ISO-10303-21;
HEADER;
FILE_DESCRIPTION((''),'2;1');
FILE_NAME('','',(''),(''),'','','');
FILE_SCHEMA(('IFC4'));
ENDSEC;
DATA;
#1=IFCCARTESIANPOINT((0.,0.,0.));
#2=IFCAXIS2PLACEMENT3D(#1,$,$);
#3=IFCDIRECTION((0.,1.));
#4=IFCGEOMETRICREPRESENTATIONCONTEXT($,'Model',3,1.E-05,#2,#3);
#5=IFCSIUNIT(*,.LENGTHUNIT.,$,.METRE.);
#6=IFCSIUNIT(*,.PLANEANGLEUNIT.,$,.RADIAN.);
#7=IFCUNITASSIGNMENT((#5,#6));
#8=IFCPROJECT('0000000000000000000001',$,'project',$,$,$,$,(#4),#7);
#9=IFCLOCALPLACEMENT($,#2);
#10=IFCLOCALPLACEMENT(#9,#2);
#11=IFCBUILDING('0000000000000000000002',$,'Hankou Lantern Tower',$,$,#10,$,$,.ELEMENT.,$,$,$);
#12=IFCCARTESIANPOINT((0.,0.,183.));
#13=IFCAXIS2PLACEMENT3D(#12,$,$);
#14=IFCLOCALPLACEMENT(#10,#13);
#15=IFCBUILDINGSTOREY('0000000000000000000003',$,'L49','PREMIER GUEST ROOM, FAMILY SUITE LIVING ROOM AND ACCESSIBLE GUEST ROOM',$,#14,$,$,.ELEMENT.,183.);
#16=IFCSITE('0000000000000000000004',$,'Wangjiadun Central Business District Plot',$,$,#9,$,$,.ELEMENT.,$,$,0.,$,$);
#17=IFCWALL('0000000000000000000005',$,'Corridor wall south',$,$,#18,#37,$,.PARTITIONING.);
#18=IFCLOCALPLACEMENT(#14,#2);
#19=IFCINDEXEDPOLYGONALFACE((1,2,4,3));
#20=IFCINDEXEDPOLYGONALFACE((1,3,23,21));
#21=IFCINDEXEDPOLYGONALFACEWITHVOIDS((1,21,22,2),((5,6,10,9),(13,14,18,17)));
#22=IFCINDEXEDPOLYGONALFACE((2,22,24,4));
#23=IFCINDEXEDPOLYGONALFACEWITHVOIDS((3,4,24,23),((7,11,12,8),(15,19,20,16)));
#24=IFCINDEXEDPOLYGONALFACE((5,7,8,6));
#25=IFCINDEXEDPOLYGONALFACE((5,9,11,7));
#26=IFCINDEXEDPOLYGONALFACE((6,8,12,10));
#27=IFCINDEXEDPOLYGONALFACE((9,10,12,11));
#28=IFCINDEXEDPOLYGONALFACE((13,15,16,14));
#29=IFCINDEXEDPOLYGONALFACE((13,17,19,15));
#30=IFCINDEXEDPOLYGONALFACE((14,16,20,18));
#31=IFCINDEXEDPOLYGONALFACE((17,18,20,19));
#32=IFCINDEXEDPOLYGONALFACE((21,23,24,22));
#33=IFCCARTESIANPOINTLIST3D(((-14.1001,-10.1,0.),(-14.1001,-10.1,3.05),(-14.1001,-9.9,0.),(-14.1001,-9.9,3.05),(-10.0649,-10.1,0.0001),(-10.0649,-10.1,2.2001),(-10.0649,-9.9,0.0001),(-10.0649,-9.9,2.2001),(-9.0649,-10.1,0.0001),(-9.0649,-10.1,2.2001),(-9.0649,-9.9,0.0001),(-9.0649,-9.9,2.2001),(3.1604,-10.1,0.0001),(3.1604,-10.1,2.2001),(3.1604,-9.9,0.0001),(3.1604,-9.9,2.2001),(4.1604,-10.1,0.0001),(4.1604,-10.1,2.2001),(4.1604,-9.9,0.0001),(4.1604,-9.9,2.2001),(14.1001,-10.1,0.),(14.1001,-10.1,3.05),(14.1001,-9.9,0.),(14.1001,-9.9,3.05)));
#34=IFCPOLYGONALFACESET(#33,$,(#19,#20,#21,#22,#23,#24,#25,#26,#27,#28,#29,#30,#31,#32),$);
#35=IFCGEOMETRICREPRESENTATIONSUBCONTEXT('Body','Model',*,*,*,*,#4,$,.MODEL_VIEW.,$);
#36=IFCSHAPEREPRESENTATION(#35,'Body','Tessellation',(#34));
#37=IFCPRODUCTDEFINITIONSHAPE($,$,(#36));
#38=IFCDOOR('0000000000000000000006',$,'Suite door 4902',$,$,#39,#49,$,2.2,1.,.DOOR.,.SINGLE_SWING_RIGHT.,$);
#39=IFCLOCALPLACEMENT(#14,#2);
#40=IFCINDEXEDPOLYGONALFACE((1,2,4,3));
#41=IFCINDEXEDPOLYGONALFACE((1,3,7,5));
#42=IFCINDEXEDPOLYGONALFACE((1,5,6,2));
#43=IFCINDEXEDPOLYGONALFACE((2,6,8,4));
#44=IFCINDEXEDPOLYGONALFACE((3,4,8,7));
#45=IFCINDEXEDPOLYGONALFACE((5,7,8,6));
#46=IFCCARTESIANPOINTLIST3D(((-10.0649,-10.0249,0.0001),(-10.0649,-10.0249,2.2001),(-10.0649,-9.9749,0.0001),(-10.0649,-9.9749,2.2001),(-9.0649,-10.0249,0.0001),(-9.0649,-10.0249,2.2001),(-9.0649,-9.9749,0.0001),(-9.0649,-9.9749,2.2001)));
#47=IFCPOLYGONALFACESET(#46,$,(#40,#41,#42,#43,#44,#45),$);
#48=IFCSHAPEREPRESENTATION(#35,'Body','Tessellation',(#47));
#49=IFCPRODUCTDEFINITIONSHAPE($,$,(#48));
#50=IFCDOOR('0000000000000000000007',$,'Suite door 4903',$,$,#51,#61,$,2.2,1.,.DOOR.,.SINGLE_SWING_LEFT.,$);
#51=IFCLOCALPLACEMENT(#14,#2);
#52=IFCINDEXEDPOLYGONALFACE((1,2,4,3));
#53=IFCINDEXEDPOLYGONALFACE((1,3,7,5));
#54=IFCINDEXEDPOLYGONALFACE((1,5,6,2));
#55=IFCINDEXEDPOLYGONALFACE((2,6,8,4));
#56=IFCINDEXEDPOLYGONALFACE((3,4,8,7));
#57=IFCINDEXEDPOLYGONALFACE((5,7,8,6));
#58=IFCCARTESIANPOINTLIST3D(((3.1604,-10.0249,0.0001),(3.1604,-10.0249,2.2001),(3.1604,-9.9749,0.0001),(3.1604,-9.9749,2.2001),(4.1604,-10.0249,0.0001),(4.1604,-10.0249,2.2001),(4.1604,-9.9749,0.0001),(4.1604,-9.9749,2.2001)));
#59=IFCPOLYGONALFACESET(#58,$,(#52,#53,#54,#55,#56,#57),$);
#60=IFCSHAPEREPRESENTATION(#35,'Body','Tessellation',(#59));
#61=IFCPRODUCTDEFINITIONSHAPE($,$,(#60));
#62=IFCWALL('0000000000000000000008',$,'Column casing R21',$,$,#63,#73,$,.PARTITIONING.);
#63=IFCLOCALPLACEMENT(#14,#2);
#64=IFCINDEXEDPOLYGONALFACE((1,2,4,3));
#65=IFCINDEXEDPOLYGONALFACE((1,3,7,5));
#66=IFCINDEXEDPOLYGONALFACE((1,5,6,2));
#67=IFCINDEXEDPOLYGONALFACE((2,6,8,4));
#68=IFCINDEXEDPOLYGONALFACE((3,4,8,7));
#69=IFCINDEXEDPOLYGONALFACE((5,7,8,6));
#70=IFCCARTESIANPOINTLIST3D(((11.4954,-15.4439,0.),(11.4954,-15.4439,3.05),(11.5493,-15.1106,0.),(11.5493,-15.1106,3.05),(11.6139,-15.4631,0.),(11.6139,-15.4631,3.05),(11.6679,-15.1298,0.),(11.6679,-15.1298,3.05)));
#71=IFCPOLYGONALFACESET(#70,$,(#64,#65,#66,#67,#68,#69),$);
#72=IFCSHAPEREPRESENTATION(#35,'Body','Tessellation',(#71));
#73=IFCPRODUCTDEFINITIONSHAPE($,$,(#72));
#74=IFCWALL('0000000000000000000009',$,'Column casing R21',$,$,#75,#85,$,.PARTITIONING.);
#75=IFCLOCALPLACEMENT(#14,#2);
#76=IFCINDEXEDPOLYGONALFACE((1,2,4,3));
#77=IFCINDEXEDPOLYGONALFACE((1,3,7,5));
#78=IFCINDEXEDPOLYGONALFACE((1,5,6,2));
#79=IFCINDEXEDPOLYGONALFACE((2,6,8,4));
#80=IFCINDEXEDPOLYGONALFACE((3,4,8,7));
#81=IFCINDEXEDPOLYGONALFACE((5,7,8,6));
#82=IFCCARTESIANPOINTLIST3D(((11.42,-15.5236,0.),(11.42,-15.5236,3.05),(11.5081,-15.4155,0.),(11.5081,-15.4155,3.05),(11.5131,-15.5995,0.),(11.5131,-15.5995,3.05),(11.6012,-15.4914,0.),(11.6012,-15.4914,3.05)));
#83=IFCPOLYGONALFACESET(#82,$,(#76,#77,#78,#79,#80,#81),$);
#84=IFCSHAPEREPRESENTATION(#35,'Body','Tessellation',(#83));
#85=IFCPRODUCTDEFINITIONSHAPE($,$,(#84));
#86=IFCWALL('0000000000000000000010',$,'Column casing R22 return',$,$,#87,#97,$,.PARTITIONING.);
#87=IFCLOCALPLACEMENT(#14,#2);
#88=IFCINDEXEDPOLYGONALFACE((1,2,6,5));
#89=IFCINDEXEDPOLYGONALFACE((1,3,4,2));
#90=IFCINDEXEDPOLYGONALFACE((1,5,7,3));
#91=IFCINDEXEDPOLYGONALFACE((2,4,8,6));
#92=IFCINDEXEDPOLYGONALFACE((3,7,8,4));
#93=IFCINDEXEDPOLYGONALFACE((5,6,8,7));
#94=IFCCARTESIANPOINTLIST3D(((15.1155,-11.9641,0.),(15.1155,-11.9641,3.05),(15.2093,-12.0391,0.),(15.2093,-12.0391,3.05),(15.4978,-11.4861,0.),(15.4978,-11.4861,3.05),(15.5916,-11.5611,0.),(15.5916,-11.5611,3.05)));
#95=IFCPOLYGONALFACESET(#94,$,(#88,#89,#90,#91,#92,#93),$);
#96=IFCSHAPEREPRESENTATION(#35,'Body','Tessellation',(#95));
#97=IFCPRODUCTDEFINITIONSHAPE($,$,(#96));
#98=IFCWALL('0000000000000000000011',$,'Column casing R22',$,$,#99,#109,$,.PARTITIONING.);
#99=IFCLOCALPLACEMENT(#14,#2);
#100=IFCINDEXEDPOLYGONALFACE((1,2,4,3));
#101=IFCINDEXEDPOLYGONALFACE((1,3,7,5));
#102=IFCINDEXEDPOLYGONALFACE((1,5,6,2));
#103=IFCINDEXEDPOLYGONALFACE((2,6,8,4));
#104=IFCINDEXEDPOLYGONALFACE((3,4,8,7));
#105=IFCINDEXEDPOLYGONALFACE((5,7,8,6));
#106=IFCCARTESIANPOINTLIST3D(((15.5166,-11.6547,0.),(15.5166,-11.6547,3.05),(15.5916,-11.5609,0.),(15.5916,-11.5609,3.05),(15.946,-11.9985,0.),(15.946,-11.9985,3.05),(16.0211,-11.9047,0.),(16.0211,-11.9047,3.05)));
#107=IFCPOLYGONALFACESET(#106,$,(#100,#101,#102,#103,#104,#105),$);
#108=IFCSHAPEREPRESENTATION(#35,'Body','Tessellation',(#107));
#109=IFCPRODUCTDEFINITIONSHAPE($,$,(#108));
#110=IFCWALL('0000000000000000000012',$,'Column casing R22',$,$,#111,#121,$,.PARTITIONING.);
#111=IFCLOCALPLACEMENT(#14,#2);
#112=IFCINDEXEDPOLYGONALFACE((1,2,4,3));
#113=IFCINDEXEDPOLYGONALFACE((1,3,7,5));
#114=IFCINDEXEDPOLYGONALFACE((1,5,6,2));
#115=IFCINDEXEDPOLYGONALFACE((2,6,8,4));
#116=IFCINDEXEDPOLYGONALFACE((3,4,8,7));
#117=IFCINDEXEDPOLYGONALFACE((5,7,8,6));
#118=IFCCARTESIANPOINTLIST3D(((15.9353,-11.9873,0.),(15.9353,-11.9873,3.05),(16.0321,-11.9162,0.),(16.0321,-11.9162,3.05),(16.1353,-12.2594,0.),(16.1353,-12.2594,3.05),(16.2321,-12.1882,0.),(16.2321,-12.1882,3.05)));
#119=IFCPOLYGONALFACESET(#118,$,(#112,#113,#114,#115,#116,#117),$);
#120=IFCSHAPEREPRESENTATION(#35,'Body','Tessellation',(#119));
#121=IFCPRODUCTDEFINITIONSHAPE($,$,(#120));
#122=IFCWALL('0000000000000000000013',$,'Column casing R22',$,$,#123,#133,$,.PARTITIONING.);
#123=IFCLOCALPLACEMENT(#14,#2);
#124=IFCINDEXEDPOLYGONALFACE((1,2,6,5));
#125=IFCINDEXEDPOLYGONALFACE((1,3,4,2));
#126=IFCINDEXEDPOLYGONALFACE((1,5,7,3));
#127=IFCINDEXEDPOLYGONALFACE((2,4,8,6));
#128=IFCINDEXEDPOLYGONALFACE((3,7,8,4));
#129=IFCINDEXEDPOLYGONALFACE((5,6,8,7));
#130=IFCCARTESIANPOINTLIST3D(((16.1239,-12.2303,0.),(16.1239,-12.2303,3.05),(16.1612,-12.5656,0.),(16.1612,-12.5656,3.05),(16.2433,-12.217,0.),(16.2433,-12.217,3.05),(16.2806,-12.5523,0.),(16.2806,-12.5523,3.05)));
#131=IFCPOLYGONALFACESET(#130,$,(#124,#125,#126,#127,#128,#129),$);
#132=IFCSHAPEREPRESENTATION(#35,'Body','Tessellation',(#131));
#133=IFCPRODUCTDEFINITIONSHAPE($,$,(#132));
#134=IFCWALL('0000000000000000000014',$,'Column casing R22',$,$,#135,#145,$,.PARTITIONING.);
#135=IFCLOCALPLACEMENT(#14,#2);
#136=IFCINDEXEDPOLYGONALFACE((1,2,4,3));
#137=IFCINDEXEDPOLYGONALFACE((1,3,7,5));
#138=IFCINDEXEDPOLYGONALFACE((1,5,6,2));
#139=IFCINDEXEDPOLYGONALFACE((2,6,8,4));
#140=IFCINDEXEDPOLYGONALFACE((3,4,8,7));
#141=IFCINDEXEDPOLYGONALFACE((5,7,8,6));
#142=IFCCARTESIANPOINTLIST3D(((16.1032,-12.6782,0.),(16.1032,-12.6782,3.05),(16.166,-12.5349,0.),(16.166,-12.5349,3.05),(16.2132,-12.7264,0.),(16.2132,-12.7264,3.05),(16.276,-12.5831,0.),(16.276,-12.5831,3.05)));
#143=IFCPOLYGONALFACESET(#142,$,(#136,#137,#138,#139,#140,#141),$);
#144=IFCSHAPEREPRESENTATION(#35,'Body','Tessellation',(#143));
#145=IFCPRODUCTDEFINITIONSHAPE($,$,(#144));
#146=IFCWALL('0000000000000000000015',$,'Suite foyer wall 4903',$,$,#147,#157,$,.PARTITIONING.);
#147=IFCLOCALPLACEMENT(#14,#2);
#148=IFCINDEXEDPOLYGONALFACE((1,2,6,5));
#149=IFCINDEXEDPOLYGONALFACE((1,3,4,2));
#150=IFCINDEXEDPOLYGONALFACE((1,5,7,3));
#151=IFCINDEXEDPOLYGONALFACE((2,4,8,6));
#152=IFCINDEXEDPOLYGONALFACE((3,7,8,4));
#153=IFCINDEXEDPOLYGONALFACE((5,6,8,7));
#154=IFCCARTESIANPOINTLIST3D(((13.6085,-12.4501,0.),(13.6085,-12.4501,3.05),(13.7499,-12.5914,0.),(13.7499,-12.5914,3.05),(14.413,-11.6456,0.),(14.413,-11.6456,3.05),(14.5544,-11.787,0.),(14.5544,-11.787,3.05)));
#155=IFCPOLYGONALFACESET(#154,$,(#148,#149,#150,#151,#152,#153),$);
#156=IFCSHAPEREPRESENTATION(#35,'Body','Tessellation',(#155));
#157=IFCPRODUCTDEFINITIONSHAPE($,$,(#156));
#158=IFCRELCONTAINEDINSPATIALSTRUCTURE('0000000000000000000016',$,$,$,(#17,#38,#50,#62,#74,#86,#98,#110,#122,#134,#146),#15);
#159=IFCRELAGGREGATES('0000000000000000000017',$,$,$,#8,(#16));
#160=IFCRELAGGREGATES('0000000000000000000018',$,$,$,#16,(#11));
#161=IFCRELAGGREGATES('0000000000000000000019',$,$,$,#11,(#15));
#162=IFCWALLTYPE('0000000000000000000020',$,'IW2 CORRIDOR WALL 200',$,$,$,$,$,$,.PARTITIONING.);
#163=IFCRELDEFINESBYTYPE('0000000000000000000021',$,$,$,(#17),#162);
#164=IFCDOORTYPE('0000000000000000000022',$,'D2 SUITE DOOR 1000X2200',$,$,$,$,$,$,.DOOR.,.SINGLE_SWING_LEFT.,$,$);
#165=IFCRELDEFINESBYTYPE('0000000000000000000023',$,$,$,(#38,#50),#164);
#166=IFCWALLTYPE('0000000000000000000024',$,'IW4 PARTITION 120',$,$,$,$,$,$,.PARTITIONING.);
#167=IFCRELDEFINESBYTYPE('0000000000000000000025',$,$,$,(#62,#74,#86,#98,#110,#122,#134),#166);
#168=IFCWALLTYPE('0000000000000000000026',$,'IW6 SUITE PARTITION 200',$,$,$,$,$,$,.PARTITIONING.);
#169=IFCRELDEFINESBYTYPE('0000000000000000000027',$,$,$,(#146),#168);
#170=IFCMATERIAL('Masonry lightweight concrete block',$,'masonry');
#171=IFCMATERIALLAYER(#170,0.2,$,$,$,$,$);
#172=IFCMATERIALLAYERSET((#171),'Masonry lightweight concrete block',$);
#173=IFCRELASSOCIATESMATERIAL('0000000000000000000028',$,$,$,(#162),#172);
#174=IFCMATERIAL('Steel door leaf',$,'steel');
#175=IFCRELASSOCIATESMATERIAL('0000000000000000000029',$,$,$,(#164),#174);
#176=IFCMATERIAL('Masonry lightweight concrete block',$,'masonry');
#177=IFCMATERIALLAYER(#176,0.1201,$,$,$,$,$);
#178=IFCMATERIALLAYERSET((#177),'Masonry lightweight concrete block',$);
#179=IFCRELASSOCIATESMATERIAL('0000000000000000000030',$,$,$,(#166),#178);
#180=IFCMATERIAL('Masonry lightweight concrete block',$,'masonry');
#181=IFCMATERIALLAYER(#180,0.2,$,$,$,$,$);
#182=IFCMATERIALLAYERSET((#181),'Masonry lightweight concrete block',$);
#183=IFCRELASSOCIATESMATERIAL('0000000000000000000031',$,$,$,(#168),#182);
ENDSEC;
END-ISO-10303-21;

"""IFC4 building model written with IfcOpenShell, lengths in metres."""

from ifc_helpers import new_model, si_unit, direction, frame, frame_2d, origin, place, context, subcontext, project, spatial, rectangle, extrude, material, layer, layer_set, type_object, element, fill, save


model = new_model("IFC4")

# Units and contexts
model_context = context("Model", 3, precision=1e-05, world=origin(), true_north=direction((0.0, 1.0)))
body_context = subcontext(model_context, "Body", "Model", "MODEL_VIEW")
ifc_project = project(units=[si_unit("LENGTHUNIT", "METRE"), si_unit("PLANEANGLEUNIT", "RADIAN")], contexts=[model_context])

# Site, building, storey
site_placement = place(None, origin())
site = spatial("IfcSite", under=ifc_project, at=site_placement, Name="Wangjiadun Central Business District Plot", CompositionType="ELEMENT", RefElevation=0.0)
building_placement = place(site_placement, origin())
building = spatial("IfcBuilding", under=site, at=building_placement, Name="Hankou Lantern Tower", CompositionType="ELEMENT")
storey_placement = place(building_placement, frame((0.0, 0.0, 183.0)))
storey = spatial("IfcBuildingStorey", under=building, at=storey_placement, Name="L49", Description="PREMIER GUEST ROOM, FAMILY SUITE LIVING ROOM AND ACCESSIBLE GUEST ROOM", CompositionType="ELEMENT", Elevation=183.0)

# Wall, openings, doors
ifc_material_1 = material(Name="Masonry lightweight concrete block", Category="masonry")
ifc_layer_1 = layer(ifc_material_1, 0.2)
ifc_layer_set_1 = layer_set([ifc_layer_1], Name="Masonry lightweight concrete block")
wall_type_1 = type_object("IfcWallType", Name="IW2 CORRIDOR WALL 200", PredefinedType="PARTITIONING", material=ifc_layer_set_1)
ifc_material_2 = material(Name="Steel door leaf", Category="steel")
door_type_1 = type_object("IfcDoorType", Name="D2 SUITE DOOR 1000X2200", OperationType="SINGLE_SWING_LEFT", PredefinedType="DOOR", material=ifc_material_2)
wall_1_placement = place(storey_placement, frame((14.1001, -10.0, 0.0), z_axis=(0.0, 0.0, 1.0), x_axis=(-1.0, 0.0, 0.0)))
wall_1 = element("IfcWall", 1, at=wall_1_placement, inside=storey, type_object=wall_type_1, Name="Corridor wall south", PredefinedType="PARTITIONING", context=body_context, shape_type="SweptSolid", body=[
    extrude(rectangle(XDim=28.2002, YDim=0.2, at=frame_2d((14.1001, 0.0))), origin(), (0.0, 0.0, 1.0), 3.05),
])
opening_1_placement = place(wall_1_placement, frame((23.165, 0.0, 0.0)))
opening_1 = element("IfcOpeningElement", 2, at=opening_1_placement, cuts=wall_1, PredefinedType="OPENING", context=body_context, shape_type="SweptSolid", body=[
    extrude(rectangle(XDim=1.0, YDim=2.2, at=frame_2d((0.5, 1.1001))), frame((0.0, 0.1099, 0.0), z_axis=(0.0, -1.0, 0.0), x_axis=(1.0, 0.0, 0.0)), (0.0, 0.0, 1.0), 0.22),
])
opening_2_placement = place(wall_1_placement, frame((9.9397, 0.0, 0.0)))
opening_2 = element("IfcOpeningElement", 3, at=opening_2_placement, cuts=wall_1, PredefinedType="OPENING", context=body_context, shape_type="SweptSolid", body=[
    extrude(rectangle(XDim=1.0, YDim=2.2, at=frame_2d((0.5, 1.1001))), frame((0.0, 0.1099, 0.0), z_axis=(0.0, -1.0, 0.0), x_axis=(1.0, 0.0, 0.0)), (0.0, 0.0, 1.0), 0.22),
])
door_1_placement = place(opening_1_placement, origin())
door_1 = element("IfcDoor", 4, at=door_1_placement, inside=storey, type_object=door_type_1, Name="Suite door 4902", OperationType="SINGLE_SWING_RIGHT", OverallHeight=2.2, OverallWidth=1.0, PredefinedType="DOOR", context=body_context, shape_type="SweptSolid", body=[
    extrude(rectangle(XDim=1.0, YDim=2.2, at=frame_2d((0.5, 1.1001))), frame((0.0, 0.0249, 0.0), z_axis=(0.0, -1.0, 0.0), x_axis=(1.0, 0.0, 0.0)), (0.0, 0.0, 1.0), 0.05),
])
fill(opening_1, door_1)
door_2_placement = place(opening_2_placement, origin())
door_2 = element("IfcDoor", 5, at=door_2_placement, inside=storey, type_object=door_type_1, Name="Suite door 4903", OperationType="SINGLE_SWING_LEFT", OverallHeight=2.2, OverallWidth=1.0, PredefinedType="DOOR", context=body_context, shape_type="SweptSolid", body=[
    extrude(rectangle(XDim=1.0, YDim=2.2, at=frame_2d((0.5, 1.1001))), frame((0.0, 0.0249, 0.0), z_axis=(0.0, -1.0, 0.0), x_axis=(1.0, 0.0, 0.0)), (0.0, 0.0, 1.0), 0.05),
])
fill(opening_2, door_2)

# Walls
ifc_material_3 = material(Name="Masonry lightweight concrete block", Category="masonry")
ifc_layer_2 = layer(ifc_material_3, 0.1201)
ifc_layer_set_2 = layer_set([ifc_layer_2], Name="Masonry lightweight concrete block")
wall_type_2 = type_object("IfcWallType", Name="IW4 PARTITION 120", PredefinedType="PARTITIONING", material=ifc_layer_set_2)
wall_2_placement = place(storey_placement, frame((11.6086, -15.1201, 0.0), z_axis=(0.0, 0.0, 1.0), x_axis=(-0.159824, -0.987146, 0.0)))
element("IfcWall", 6, at=wall_2_placement, inside=storey, type_object=wall_type_2, Name="Column casing R21", PredefinedType="PARTITIONING", context=body_context, shape_type="SweptSolid", body=[
    extrude(rectangle(XDim=0.3376, YDim=0.1201, at=frame_2d((0.1689, 0.0))), origin(), (0.0, 0.0, 1.0), 3.05),
])
wall_3_placement = place(storey_placement, frame((11.5547, -15.4534, 0.0), z_axis=(0.0, 0.0, 1.0), x_axis=(-0.631712, -0.775203, 0.0)))
element("IfcWall", 7, at=wall_3_placement, inside=storey, type_object=wall_type_2, Name="Column casing R21", PredefinedType="PARTITIONING", context=body_context, shape_type="SweptSolid", body=[
    extrude(rectangle(XDim=0.1394, YDim=0.1201, at=frame_2d((0.0698, 0.0))), origin(), (0.0, 0.0, 1.0), 3.05),
])
wall_4_placement = place(storey_placement, frame((15.1624, -12.0017, 0.0), z_axis=(0.0, 0.0, 1.0), x_axis=(0.624598, 0.780947, 0.0)))
element("IfcWall", 8, at=wall_4_placement, inside=storey, type_object=wall_type_2, Name="Column casing R22 return", PredefinedType="PARTITIONING", context=body_context, shape_type="SweptSolid", body=[
    extrude(rectangle(XDim=0.6121, YDim=0.1201, at=frame_2d((0.3062, 0.0))), origin(), (0.0, 0.0, 1.0), 3.05),
])
wall_5_placement = place(storey_placement, frame((15.5542, -11.6079, 0.0), z_axis=(0.0, 0.0, 1.0), x_axis=(0.780696, -0.624912, 0.0)))
element("IfcWall", 9, at=wall_5_placement, inside=storey, type_object=wall_type_2, Name="Column casing R22", PredefinedType="PARTITIONING", context=body_context, shape_type="SweptSolid", body=[
    extrude(rectangle(XDim=0.55, YDim=0.1201, at=frame_2d((0.2749, 0.0))), origin(), (0.0, 0.0, 1.0), 3.05),
])
wall_6_placement = place(storey_placement, frame((15.9836, -11.9517, 0.0), z_axis=(0.0, 0.0, 1.0), x_axis=(0.592335, -0.805692, 0.0)))
element("IfcWall", 10, at=wall_6_placement, inside=storey, type_object=wall_type_2, Name="Column casing R22", PredefinedType="PARTITIONING", context=body_context, shape_type="SweptSolid", body=[
    extrude(rectangle(XDim=0.3376, YDim=0.1201, at=frame_2d((0.1689, 0.0))), origin(), (0.0, 0.0, 1.0), 3.05),
])
wall_7_placement = place(storey_placement, frame((16.1836, -12.2236, 0.0), z_axis=(0.0, 0.0, 1.0), x_axis=(0.11067, -0.993857, 0.0)))
element("IfcWall", 11, at=wall_7_placement, inside=storey, type_object=wall_type_2, Name="Column casing R22", PredefinedType="PARTITIONING", context=body_context, shape_type="SweptSolid", body=[
    extrude(rectangle(XDim=0.3374, YDim=0.1201, at=frame_2d((0.1687, 0.0))), origin(), (0.0, 0.0, 1.0), 3.05),
])
wall_8_placement = place(storey_placement, frame((16.2209, -12.5591, 0.0), z_axis=(0.0, 0.0, 1.0), x_axis=(-0.401064, -0.91605, 0.0)))
element("IfcWall", 12, at=wall_8_placement, inside=storey, type_object=wall_type_2, Name="Column casing R22", PredefinedType="PARTITIONING", context=body_context, shape_type="SweptSolid", body=[
    extrude(rectangle(XDim=0.1565, YDim=0.1201, at=frame_2d((0.0781, 0.0))), origin(), (0.0, 0.0, 1.0), 3.05),
])
ifc_material_4 = material(Name="Masonry lightweight concrete block", Category="masonry")
ifc_layer_3 = layer(ifc_material_4, 0.2)
ifc_layer_set_3 = layer_set([ifc_layer_3], Name="Masonry lightweight concrete block")
wall_type_3 = type_object("IfcWallType", Name="IW6 SUITE PARTITION 200", PredefinedType="PARTITIONING", material=ifc_layer_set_3)
wall_9_placement = place(storey_placement, frame((13.6792, -12.5208, 0.0), z_axis=(0.0, 0.0, 1.0), x_axis=(0.707107, 0.707107, 0.0)))
element("IfcWall", 13, at=wall_9_placement, inside=storey, type_object=wall_type_3, Name="Suite foyer wall 4903", PredefinedType="PARTITIONING", context=body_context, shape_type="SweptSolid", body=[
    extrude(rectangle(XDim=1.1377, YDim=0.2, at=frame_2d((0.5688, 0.0))), origin(), (0.0, 0.0, 1.0), 3.05),
])

save(model, "model.ifc")
